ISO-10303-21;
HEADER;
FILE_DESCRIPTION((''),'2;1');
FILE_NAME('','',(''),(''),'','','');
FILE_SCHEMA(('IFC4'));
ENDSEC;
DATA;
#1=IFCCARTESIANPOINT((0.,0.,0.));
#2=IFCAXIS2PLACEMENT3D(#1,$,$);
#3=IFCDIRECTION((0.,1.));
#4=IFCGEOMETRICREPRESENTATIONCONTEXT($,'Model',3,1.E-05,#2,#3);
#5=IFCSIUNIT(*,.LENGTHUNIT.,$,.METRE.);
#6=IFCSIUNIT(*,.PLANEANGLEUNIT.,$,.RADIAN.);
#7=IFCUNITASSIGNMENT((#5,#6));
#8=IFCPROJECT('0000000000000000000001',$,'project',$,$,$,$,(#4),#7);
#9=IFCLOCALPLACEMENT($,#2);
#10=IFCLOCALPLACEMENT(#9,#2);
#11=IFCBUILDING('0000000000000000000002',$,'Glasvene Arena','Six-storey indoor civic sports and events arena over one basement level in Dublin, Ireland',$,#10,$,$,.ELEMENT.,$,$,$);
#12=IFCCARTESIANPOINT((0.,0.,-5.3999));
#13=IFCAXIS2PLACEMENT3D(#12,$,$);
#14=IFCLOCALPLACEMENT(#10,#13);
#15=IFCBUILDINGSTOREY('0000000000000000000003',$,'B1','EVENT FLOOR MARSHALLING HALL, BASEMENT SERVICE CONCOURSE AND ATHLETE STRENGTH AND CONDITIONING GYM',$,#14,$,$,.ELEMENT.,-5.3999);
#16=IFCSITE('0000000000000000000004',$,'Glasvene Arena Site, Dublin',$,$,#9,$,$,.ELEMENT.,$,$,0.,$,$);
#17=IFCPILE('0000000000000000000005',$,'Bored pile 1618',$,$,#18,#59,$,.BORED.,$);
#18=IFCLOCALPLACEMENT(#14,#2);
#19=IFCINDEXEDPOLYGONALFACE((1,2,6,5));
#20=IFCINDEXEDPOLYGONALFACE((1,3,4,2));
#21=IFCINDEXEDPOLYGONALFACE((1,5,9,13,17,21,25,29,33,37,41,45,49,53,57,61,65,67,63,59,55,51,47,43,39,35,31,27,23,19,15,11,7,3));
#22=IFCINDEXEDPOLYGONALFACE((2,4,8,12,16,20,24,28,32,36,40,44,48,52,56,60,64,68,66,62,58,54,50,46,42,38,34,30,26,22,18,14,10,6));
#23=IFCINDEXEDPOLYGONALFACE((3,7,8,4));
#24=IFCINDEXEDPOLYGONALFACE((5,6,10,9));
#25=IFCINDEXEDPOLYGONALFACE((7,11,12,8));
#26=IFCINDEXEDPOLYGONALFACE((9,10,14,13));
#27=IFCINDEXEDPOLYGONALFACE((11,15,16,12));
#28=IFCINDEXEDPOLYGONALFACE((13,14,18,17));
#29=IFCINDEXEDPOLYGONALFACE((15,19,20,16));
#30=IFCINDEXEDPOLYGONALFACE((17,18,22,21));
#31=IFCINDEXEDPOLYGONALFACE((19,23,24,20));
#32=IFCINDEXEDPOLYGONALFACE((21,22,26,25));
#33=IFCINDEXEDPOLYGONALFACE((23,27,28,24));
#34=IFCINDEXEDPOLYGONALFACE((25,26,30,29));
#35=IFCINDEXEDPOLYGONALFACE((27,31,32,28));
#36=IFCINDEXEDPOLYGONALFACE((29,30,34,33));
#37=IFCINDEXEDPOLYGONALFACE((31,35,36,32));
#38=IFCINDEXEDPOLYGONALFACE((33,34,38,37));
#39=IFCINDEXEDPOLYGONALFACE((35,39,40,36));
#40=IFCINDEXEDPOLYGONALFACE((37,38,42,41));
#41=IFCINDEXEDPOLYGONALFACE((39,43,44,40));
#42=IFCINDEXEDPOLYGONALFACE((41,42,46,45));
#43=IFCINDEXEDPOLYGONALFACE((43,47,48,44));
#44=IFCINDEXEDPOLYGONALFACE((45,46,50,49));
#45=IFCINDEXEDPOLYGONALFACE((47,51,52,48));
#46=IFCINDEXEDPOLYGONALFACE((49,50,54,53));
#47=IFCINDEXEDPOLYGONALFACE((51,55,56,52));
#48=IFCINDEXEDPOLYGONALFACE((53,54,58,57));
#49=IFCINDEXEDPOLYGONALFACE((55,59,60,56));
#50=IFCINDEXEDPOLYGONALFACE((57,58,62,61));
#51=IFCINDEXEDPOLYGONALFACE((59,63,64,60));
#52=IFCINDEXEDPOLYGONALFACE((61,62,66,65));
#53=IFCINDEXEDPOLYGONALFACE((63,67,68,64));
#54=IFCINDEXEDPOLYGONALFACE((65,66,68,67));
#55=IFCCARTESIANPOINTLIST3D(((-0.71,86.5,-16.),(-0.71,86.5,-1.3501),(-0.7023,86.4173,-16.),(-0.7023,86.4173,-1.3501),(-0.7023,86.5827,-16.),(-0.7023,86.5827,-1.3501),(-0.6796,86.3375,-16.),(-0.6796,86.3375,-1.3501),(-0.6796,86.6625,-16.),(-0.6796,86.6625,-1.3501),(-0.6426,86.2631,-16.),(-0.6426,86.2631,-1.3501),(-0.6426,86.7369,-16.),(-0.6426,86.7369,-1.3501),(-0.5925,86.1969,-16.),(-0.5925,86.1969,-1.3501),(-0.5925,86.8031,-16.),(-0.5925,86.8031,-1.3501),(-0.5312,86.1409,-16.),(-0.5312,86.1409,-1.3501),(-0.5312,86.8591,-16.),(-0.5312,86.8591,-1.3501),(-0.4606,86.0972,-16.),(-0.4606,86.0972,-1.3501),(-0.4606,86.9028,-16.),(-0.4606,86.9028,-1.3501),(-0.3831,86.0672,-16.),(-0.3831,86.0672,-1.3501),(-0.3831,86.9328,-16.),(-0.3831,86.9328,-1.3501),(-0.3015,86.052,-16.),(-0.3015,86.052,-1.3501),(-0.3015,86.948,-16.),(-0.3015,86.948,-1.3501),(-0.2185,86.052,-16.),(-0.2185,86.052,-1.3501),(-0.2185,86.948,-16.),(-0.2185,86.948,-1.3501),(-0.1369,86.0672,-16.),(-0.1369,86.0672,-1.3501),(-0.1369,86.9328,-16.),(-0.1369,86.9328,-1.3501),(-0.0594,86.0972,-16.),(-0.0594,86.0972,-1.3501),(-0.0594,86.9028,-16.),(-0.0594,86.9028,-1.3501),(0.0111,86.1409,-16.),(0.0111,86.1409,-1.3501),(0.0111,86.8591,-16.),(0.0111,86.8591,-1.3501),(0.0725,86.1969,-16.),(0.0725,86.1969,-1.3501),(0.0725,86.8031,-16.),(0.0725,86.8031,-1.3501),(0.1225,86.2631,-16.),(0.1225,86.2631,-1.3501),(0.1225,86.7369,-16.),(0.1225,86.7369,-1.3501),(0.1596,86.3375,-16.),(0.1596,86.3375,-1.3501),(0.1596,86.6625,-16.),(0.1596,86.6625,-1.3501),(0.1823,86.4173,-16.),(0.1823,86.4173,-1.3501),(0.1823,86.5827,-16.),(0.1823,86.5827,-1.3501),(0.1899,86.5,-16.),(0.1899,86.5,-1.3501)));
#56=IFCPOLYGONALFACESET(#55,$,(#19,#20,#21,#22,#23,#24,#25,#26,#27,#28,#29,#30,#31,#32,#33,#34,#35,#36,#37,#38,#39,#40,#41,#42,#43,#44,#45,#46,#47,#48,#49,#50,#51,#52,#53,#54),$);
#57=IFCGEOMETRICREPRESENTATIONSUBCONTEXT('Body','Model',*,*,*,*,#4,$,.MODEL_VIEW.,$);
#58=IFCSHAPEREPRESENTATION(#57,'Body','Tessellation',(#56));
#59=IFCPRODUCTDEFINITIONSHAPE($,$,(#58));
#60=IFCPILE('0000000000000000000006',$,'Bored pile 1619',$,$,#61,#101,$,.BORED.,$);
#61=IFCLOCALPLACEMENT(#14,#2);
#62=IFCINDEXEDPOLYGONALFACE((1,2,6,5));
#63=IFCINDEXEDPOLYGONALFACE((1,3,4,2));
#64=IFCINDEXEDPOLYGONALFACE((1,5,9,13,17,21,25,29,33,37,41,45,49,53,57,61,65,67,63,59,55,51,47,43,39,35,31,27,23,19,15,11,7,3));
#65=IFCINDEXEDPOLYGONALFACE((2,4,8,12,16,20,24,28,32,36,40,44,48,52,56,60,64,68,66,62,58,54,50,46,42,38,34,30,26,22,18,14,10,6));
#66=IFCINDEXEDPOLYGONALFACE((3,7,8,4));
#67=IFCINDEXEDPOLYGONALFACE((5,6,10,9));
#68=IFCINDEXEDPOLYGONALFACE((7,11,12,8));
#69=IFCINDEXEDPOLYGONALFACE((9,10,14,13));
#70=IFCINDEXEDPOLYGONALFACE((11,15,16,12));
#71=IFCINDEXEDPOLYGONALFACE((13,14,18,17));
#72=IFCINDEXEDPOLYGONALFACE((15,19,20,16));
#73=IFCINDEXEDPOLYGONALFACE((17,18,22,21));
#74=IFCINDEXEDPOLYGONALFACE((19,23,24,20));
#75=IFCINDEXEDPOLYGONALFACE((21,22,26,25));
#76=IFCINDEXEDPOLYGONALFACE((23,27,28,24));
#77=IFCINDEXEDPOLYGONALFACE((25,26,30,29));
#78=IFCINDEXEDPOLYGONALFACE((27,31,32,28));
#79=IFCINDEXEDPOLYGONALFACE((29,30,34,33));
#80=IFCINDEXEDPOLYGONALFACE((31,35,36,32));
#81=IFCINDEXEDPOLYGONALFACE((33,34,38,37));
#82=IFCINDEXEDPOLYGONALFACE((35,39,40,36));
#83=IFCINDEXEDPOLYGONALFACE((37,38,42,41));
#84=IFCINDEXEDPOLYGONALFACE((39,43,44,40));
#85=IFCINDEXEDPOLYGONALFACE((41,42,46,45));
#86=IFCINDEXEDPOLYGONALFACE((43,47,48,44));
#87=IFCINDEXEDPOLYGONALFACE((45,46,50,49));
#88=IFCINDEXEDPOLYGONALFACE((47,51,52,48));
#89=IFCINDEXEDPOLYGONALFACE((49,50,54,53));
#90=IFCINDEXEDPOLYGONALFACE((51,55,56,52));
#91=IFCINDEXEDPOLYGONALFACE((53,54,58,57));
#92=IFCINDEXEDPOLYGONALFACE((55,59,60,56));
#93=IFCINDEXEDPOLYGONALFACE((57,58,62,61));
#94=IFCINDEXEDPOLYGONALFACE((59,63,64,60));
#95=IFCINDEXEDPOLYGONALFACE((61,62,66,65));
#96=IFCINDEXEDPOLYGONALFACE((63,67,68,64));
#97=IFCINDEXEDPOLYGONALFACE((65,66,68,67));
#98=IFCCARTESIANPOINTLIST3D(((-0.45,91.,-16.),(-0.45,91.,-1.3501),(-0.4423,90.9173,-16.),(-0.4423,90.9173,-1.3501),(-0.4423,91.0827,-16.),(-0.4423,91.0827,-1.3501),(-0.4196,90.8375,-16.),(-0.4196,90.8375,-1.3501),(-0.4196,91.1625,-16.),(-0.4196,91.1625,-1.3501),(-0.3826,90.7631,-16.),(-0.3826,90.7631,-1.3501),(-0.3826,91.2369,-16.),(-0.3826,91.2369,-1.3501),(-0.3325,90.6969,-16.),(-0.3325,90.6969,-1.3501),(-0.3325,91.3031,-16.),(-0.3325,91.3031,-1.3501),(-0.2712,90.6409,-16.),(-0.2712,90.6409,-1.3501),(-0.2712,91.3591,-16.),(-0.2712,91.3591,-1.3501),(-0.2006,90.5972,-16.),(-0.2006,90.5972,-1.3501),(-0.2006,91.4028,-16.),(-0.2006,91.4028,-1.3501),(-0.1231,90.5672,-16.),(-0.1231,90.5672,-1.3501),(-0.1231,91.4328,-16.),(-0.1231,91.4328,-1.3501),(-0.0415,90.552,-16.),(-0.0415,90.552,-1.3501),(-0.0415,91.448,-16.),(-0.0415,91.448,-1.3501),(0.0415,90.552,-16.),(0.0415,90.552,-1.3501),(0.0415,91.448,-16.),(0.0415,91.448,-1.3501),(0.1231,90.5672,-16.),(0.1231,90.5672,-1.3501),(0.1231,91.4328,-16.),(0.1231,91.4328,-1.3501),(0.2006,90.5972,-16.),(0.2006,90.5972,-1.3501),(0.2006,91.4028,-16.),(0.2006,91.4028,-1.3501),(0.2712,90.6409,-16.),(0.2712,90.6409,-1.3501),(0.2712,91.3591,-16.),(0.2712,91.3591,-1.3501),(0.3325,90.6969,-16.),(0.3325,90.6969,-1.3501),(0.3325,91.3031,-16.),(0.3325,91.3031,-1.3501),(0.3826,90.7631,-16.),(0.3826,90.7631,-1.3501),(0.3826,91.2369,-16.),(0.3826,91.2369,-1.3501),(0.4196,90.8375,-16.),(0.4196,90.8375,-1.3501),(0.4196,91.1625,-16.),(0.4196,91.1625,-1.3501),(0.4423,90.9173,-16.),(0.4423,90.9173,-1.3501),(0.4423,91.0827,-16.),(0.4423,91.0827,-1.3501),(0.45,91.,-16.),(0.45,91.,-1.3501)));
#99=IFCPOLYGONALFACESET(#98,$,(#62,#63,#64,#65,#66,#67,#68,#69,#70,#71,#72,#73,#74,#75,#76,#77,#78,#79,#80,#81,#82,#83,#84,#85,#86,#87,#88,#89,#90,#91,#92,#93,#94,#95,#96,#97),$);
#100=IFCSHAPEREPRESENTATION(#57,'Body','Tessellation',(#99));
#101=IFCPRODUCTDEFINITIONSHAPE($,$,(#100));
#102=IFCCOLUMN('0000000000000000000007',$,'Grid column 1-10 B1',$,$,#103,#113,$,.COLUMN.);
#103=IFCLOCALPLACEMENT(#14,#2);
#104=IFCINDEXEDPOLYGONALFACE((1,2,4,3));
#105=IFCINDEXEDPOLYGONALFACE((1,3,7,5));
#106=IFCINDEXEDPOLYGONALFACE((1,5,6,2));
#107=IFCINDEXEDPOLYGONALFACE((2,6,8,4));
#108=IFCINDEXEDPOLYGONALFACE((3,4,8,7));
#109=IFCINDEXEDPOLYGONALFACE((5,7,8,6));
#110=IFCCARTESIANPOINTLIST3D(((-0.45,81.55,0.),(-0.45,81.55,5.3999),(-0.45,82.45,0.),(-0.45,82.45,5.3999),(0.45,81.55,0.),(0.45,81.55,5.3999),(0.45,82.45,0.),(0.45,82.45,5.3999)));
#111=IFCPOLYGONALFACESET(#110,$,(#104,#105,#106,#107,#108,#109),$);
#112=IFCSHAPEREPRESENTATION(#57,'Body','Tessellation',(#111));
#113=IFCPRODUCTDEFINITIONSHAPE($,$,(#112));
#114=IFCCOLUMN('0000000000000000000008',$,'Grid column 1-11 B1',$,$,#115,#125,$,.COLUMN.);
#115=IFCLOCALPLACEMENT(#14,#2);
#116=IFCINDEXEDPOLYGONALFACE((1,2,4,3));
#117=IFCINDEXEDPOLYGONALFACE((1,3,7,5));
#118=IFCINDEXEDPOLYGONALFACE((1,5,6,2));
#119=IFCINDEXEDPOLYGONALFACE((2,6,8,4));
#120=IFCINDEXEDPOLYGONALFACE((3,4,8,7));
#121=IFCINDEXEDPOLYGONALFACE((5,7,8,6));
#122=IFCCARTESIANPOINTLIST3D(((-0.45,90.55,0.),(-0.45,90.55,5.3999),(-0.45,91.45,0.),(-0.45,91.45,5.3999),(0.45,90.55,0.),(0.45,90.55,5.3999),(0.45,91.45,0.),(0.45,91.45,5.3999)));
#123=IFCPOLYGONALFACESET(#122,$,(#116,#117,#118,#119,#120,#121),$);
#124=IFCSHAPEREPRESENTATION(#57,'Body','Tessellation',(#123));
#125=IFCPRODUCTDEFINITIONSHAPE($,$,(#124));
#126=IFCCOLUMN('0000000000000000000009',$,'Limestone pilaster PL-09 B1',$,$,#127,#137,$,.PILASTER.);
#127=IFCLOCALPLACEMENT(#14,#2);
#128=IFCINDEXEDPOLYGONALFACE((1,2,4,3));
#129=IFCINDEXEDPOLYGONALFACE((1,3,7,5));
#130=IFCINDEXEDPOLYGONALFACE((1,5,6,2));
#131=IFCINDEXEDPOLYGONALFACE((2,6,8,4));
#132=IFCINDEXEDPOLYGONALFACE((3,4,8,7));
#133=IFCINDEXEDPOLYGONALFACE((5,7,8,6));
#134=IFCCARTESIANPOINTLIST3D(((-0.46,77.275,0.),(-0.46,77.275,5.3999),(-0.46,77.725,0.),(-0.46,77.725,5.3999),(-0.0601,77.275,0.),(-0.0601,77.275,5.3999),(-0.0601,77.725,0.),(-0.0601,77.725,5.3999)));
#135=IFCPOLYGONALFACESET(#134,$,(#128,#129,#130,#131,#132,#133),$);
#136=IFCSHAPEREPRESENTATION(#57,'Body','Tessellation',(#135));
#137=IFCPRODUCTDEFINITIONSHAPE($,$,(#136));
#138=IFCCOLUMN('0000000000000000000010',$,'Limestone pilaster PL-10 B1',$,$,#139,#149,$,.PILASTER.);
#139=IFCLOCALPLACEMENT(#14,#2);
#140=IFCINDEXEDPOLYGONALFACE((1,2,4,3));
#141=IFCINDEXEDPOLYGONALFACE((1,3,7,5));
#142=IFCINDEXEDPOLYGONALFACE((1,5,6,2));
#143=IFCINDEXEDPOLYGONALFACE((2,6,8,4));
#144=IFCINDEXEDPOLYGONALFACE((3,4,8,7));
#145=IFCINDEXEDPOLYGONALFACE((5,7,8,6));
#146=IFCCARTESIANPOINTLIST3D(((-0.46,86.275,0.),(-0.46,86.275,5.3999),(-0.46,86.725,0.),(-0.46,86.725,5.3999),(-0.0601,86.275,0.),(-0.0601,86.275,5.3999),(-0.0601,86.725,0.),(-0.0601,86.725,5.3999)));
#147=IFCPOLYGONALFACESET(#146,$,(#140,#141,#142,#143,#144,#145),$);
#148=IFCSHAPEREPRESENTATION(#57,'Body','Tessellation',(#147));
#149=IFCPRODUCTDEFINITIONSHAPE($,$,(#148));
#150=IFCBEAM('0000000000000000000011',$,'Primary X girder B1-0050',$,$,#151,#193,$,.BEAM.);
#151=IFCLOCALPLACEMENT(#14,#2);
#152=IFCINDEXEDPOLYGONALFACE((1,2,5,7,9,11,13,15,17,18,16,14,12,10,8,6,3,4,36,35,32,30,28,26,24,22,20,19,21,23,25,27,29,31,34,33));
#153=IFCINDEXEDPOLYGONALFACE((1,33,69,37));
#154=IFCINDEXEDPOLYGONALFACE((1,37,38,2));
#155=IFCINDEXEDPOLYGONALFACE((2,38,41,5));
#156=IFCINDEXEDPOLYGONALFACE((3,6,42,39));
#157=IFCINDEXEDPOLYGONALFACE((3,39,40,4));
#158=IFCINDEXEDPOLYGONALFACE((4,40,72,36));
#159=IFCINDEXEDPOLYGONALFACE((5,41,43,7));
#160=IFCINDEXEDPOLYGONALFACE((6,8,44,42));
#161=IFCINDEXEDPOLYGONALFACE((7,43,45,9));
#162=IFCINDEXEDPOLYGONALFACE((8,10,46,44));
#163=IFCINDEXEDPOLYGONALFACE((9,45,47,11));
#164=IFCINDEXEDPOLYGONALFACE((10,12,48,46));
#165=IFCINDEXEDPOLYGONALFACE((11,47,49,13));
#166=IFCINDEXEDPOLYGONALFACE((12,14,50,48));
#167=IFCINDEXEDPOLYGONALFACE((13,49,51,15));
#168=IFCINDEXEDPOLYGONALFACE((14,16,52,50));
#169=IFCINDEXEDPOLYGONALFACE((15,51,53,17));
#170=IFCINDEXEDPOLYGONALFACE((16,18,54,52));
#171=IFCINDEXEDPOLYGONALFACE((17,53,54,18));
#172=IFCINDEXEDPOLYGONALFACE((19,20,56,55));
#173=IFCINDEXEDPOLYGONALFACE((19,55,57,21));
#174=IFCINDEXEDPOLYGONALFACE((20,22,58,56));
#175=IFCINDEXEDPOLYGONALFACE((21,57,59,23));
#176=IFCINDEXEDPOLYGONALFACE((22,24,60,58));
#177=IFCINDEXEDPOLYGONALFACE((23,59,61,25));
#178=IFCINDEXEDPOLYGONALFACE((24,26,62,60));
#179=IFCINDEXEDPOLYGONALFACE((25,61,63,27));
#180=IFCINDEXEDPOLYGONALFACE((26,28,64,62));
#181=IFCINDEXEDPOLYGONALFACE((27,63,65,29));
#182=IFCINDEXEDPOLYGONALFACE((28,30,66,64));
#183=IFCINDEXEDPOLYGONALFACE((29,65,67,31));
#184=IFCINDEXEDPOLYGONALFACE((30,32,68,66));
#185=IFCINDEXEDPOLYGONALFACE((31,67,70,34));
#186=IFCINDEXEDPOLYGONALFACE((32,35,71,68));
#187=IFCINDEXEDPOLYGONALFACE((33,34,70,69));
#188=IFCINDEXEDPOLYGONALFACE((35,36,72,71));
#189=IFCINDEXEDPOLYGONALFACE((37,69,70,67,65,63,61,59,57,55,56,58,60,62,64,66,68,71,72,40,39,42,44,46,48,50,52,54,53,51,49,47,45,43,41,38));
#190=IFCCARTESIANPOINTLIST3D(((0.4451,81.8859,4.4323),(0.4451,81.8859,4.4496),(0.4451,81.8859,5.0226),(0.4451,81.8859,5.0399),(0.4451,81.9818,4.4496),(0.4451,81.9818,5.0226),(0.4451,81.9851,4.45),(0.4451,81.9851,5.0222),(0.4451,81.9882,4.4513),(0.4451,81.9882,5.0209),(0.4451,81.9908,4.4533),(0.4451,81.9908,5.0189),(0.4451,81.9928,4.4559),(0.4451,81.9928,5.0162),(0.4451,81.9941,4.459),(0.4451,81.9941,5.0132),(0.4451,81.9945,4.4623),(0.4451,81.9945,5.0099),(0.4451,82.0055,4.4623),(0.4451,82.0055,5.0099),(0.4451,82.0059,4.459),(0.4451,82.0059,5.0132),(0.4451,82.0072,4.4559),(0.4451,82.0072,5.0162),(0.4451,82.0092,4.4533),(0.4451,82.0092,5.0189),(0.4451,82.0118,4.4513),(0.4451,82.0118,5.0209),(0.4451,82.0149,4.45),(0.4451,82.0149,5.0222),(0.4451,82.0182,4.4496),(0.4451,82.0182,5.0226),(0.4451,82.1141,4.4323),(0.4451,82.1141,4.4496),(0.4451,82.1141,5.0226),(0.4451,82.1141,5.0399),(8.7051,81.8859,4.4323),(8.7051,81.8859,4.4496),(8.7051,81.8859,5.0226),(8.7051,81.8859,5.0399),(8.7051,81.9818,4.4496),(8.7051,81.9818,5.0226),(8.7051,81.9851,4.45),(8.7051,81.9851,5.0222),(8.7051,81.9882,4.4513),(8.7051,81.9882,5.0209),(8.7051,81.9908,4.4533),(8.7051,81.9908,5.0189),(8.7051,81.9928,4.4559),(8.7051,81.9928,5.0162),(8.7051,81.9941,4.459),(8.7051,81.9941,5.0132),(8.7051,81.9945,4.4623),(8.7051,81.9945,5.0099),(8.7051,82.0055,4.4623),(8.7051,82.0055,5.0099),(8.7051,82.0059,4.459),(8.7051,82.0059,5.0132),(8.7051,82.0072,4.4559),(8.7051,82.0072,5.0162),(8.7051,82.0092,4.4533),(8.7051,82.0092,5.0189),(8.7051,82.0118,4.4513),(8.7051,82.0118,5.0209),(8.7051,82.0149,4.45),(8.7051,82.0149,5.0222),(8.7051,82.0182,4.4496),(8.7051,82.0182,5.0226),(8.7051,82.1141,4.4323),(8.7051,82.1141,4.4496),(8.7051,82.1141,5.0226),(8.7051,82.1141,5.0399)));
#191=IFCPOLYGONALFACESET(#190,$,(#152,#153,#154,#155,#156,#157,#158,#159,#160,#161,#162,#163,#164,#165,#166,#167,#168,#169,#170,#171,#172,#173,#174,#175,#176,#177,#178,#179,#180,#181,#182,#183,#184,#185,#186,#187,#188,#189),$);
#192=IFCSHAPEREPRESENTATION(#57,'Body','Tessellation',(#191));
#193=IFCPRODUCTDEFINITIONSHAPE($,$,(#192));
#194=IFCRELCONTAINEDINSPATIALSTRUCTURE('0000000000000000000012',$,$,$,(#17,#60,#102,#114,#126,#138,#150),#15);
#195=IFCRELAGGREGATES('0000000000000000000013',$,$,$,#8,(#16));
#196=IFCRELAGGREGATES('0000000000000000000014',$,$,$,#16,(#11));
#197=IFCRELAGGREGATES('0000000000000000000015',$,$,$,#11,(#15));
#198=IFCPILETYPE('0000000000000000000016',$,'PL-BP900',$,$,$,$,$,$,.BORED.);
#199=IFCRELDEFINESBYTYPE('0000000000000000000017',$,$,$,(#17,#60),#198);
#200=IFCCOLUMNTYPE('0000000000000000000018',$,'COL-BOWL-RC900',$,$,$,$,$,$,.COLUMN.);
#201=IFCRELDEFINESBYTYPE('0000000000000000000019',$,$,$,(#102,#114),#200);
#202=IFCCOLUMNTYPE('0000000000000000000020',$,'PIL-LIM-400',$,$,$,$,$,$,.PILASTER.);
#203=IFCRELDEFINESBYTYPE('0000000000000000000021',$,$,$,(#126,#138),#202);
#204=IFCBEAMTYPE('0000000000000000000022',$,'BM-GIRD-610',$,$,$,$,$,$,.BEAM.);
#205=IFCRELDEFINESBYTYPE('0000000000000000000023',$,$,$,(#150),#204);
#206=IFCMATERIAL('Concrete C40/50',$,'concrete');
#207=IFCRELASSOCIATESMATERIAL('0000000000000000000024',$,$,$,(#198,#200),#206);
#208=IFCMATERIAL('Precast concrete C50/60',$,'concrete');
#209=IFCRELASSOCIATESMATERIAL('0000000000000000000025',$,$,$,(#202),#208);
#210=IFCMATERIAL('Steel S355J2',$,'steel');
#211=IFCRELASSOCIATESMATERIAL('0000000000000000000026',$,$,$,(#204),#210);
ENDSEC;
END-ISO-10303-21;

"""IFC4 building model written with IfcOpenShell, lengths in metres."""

from ifc_helpers import new_model, si_unit, direction, frame, origin, origin_2d, place, context, subcontext, project, spatial, rectangle, circle, i_section, extrude, material, material_profile, profile_set, type_object, element, save


model = new_model("IFC4")

# Units and contexts
model_context = context("Model", 3, precision=1e-05, world=origin(), true_north=direction((0.0, 1.0)))
body_context = subcontext(model_context, "Body", "Model", "MODEL_VIEW")
ifc_project = project(units=[si_unit("LENGTHUNIT", "METRE"), si_unit("PLANEANGLEUNIT", "RADIAN")], contexts=[model_context])

# Site, building, storey
site_placement = place(None, origin())
site = spatial("IfcSite", under=ifc_project, at=site_placement, Name="Glasvene Arena Site, Dublin", CompositionType="ELEMENT", RefElevation=0.0)
building_placement = place(site_placement, origin())
building = spatial("IfcBuilding", under=site, at=building_placement, Name="Glasvene Arena", Description="Six-storey indoor civic sports and events arena over one basement level in Dublin, Ireland", CompositionType="ELEMENT")
storey_placement = place(building_placement, frame((0.0, 0.0, -5.3999)))
storey = spatial("IfcBuildingStorey", under=building, at=storey_placement, Name="B1", Description="EVENT FLOOR MARSHALLING HALL, BASEMENT SERVICE CONCOURSE AND ATHLETE STRENGTH AND CONDITIONING GYM", CompositionType="ELEMENT", Elevation=-5.3999)

# Shared definitions
ifc_material_1 = material(Name="Concrete C40/50", Category="concrete")

# Piles
ifc_material_profile_1 = material_profile(ifc_material_1, circle(Radius=0.45, at=origin_2d()), Name="BORED PILE 900")
ifc_profile_set_1 = profile_set([ifc_material_profile_1], Name="Concrete C40/50")
pile_type = type_object("IfcPileType", Name="PL-BP900", PredefinedType="BORED", material=ifc_profile_set_1)
for number, where, z_axis, x_axis, name in (
    (1, (-0.26, 86.5, -1.3501), (0.0, 0.0, -1.0), (1.0, 0.0, 0.0), "Bored pile 1618"),
    (2, (0.0, 91.0, -1.3501), (0.0, 0.0, -1.0), (1.0, 0.0, 0.0), "Bored pile 1619"),
):
    element("IfcPile", number, at=place(storey_placement, frame(where, z_axis=z_axis, x_axis=x_axis)), inside=storey, type_object=pile_type, Name=name, PredefinedType="BORED", context=body_context, shape_type="SweptSolid", body=[
        extrude(circle(Radius=0.45, at=origin_2d()), origin(), (0.0, 0.0, 1.0), 14.6499),
    ])

# Columns
ifc_material_profile_2 = material_profile(ifc_material_1, rectangle(XDim=0.8999, YDim=0.8999, at=origin_2d()), Name="RC 900x900")
ifc_profile_set_2 = profile_set([ifc_material_profile_2], Name="Concrete C40/50")
column_type_1 = type_object("IfcColumnType", Name="COL-BOWL-RC900", PredefinedType="COLUMN", material=ifc_profile_set_2)
for number, where, z_axis, x_axis, name in (
    (3, (0.0, 82.0, 0.0), (0.0, 0.0, 1.0), (1.0, 0.0, 0.0), "Grid column 1-10 B1"),
    (4, (0.0, 91.0, 0.0), (0.0, 0.0, 1.0), (1.0, 0.0, 0.0), "Grid column 1-11 B1"),
):
    element("IfcColumn", number, at=place(storey_placement, frame(where, z_axis=z_axis, x_axis=x_axis)), inside=storey, type_object=column_type_1, Name=name, PredefinedType="COLUMN", context=body_context, shape_type="SweptSolid", body=[
        extrude(rectangle(XDim=0.8999, YDim=0.8999, at=origin_2d()), origin(), (0.0, 0.0, 1.0), 5.3999),
    ])
ifc_material_2 = material(Name="Precast concrete C50/60", Category="concrete")
ifc_material_profile_3 = material_profile(ifc_material_2, rectangle(XDim=0.3999, YDim=0.45, at=origin_2d()), Name="RC 400x450")
ifc_profile_set_3 = profile_set([ifc_material_profile_3], Name="Precast concrete C50/60")
column_type_2 = type_object("IfcColumnType", Name="PIL-LIM-400", PredefinedType="PILASTER", material=ifc_profile_set_3)
for number, where, z_axis, x_axis, name in (
    (5, (-0.26, 77.5, 0.0), (0.0, 0.0, 1.0), (1.0, 0.0, 0.0), "Limestone pilaster PL-09 B1"),
    (6, (-0.26, 86.5, 0.0), (0.0, 0.0, 1.0), (1.0, 0.0, 0.0), "Limestone pilaster PL-10 B1"),
):
    element("IfcColumn", number, at=place(storey_placement, frame(where, z_axis=z_axis, x_axis=x_axis)), inside=storey, type_object=column_type_2, Name=name, PredefinedType="PILASTER", context=body_context, shape_type="SweptSolid", body=[
        extrude(rectangle(XDim=0.3999, YDim=0.45, at=origin_2d()), origin(), (0.0, 0.0, 1.0), 5.3999),
    ])

# Beam
ifc_material_3 = material(Name="Steel S355J2", Category="steel")
ifc_material_profile_4 = material_profile(ifc_material_3, i_section(OverallWidth=0.2283, OverallDepth=0.6077, WebThickness=0.011, FlangeThickness=0.0173, FilletRadius=0.0127, at=origin_2d()), Name="UKB 610x229x113")
ifc_profile_set_4 = profile_set([ifc_material_profile_4], Name="Steel S355J2")
beam_type_1 = type_object("IfcBeamType", Name="BM-GIRD-610", PredefinedType="BEAM", material=ifc_profile_set_4)
beam_placement = place(storey_placement, frame((0.4451, 82.0, 4.7361), z_axis=(1.0, 0.0, 0.0), x_axis=(0.0, 1.0, 0.0)))
element("IfcBeam", 7, at=beam_placement, inside=storey, type_object=beam_type_1, Name="Primary X girder B1-0050", PredefinedType="BEAM", context=body_context, shape_type="SweptSolid", body=[
    extrude(i_section(OverallWidth=0.2283, OverallDepth=0.6077, WebThickness=0.011, FlangeThickness=0.0173, FilletRadius=0.0127, at=origin_2d()), origin(), (0.0, 0.0, 1.0), 8.26),
])

save(model, "model.ifc")
